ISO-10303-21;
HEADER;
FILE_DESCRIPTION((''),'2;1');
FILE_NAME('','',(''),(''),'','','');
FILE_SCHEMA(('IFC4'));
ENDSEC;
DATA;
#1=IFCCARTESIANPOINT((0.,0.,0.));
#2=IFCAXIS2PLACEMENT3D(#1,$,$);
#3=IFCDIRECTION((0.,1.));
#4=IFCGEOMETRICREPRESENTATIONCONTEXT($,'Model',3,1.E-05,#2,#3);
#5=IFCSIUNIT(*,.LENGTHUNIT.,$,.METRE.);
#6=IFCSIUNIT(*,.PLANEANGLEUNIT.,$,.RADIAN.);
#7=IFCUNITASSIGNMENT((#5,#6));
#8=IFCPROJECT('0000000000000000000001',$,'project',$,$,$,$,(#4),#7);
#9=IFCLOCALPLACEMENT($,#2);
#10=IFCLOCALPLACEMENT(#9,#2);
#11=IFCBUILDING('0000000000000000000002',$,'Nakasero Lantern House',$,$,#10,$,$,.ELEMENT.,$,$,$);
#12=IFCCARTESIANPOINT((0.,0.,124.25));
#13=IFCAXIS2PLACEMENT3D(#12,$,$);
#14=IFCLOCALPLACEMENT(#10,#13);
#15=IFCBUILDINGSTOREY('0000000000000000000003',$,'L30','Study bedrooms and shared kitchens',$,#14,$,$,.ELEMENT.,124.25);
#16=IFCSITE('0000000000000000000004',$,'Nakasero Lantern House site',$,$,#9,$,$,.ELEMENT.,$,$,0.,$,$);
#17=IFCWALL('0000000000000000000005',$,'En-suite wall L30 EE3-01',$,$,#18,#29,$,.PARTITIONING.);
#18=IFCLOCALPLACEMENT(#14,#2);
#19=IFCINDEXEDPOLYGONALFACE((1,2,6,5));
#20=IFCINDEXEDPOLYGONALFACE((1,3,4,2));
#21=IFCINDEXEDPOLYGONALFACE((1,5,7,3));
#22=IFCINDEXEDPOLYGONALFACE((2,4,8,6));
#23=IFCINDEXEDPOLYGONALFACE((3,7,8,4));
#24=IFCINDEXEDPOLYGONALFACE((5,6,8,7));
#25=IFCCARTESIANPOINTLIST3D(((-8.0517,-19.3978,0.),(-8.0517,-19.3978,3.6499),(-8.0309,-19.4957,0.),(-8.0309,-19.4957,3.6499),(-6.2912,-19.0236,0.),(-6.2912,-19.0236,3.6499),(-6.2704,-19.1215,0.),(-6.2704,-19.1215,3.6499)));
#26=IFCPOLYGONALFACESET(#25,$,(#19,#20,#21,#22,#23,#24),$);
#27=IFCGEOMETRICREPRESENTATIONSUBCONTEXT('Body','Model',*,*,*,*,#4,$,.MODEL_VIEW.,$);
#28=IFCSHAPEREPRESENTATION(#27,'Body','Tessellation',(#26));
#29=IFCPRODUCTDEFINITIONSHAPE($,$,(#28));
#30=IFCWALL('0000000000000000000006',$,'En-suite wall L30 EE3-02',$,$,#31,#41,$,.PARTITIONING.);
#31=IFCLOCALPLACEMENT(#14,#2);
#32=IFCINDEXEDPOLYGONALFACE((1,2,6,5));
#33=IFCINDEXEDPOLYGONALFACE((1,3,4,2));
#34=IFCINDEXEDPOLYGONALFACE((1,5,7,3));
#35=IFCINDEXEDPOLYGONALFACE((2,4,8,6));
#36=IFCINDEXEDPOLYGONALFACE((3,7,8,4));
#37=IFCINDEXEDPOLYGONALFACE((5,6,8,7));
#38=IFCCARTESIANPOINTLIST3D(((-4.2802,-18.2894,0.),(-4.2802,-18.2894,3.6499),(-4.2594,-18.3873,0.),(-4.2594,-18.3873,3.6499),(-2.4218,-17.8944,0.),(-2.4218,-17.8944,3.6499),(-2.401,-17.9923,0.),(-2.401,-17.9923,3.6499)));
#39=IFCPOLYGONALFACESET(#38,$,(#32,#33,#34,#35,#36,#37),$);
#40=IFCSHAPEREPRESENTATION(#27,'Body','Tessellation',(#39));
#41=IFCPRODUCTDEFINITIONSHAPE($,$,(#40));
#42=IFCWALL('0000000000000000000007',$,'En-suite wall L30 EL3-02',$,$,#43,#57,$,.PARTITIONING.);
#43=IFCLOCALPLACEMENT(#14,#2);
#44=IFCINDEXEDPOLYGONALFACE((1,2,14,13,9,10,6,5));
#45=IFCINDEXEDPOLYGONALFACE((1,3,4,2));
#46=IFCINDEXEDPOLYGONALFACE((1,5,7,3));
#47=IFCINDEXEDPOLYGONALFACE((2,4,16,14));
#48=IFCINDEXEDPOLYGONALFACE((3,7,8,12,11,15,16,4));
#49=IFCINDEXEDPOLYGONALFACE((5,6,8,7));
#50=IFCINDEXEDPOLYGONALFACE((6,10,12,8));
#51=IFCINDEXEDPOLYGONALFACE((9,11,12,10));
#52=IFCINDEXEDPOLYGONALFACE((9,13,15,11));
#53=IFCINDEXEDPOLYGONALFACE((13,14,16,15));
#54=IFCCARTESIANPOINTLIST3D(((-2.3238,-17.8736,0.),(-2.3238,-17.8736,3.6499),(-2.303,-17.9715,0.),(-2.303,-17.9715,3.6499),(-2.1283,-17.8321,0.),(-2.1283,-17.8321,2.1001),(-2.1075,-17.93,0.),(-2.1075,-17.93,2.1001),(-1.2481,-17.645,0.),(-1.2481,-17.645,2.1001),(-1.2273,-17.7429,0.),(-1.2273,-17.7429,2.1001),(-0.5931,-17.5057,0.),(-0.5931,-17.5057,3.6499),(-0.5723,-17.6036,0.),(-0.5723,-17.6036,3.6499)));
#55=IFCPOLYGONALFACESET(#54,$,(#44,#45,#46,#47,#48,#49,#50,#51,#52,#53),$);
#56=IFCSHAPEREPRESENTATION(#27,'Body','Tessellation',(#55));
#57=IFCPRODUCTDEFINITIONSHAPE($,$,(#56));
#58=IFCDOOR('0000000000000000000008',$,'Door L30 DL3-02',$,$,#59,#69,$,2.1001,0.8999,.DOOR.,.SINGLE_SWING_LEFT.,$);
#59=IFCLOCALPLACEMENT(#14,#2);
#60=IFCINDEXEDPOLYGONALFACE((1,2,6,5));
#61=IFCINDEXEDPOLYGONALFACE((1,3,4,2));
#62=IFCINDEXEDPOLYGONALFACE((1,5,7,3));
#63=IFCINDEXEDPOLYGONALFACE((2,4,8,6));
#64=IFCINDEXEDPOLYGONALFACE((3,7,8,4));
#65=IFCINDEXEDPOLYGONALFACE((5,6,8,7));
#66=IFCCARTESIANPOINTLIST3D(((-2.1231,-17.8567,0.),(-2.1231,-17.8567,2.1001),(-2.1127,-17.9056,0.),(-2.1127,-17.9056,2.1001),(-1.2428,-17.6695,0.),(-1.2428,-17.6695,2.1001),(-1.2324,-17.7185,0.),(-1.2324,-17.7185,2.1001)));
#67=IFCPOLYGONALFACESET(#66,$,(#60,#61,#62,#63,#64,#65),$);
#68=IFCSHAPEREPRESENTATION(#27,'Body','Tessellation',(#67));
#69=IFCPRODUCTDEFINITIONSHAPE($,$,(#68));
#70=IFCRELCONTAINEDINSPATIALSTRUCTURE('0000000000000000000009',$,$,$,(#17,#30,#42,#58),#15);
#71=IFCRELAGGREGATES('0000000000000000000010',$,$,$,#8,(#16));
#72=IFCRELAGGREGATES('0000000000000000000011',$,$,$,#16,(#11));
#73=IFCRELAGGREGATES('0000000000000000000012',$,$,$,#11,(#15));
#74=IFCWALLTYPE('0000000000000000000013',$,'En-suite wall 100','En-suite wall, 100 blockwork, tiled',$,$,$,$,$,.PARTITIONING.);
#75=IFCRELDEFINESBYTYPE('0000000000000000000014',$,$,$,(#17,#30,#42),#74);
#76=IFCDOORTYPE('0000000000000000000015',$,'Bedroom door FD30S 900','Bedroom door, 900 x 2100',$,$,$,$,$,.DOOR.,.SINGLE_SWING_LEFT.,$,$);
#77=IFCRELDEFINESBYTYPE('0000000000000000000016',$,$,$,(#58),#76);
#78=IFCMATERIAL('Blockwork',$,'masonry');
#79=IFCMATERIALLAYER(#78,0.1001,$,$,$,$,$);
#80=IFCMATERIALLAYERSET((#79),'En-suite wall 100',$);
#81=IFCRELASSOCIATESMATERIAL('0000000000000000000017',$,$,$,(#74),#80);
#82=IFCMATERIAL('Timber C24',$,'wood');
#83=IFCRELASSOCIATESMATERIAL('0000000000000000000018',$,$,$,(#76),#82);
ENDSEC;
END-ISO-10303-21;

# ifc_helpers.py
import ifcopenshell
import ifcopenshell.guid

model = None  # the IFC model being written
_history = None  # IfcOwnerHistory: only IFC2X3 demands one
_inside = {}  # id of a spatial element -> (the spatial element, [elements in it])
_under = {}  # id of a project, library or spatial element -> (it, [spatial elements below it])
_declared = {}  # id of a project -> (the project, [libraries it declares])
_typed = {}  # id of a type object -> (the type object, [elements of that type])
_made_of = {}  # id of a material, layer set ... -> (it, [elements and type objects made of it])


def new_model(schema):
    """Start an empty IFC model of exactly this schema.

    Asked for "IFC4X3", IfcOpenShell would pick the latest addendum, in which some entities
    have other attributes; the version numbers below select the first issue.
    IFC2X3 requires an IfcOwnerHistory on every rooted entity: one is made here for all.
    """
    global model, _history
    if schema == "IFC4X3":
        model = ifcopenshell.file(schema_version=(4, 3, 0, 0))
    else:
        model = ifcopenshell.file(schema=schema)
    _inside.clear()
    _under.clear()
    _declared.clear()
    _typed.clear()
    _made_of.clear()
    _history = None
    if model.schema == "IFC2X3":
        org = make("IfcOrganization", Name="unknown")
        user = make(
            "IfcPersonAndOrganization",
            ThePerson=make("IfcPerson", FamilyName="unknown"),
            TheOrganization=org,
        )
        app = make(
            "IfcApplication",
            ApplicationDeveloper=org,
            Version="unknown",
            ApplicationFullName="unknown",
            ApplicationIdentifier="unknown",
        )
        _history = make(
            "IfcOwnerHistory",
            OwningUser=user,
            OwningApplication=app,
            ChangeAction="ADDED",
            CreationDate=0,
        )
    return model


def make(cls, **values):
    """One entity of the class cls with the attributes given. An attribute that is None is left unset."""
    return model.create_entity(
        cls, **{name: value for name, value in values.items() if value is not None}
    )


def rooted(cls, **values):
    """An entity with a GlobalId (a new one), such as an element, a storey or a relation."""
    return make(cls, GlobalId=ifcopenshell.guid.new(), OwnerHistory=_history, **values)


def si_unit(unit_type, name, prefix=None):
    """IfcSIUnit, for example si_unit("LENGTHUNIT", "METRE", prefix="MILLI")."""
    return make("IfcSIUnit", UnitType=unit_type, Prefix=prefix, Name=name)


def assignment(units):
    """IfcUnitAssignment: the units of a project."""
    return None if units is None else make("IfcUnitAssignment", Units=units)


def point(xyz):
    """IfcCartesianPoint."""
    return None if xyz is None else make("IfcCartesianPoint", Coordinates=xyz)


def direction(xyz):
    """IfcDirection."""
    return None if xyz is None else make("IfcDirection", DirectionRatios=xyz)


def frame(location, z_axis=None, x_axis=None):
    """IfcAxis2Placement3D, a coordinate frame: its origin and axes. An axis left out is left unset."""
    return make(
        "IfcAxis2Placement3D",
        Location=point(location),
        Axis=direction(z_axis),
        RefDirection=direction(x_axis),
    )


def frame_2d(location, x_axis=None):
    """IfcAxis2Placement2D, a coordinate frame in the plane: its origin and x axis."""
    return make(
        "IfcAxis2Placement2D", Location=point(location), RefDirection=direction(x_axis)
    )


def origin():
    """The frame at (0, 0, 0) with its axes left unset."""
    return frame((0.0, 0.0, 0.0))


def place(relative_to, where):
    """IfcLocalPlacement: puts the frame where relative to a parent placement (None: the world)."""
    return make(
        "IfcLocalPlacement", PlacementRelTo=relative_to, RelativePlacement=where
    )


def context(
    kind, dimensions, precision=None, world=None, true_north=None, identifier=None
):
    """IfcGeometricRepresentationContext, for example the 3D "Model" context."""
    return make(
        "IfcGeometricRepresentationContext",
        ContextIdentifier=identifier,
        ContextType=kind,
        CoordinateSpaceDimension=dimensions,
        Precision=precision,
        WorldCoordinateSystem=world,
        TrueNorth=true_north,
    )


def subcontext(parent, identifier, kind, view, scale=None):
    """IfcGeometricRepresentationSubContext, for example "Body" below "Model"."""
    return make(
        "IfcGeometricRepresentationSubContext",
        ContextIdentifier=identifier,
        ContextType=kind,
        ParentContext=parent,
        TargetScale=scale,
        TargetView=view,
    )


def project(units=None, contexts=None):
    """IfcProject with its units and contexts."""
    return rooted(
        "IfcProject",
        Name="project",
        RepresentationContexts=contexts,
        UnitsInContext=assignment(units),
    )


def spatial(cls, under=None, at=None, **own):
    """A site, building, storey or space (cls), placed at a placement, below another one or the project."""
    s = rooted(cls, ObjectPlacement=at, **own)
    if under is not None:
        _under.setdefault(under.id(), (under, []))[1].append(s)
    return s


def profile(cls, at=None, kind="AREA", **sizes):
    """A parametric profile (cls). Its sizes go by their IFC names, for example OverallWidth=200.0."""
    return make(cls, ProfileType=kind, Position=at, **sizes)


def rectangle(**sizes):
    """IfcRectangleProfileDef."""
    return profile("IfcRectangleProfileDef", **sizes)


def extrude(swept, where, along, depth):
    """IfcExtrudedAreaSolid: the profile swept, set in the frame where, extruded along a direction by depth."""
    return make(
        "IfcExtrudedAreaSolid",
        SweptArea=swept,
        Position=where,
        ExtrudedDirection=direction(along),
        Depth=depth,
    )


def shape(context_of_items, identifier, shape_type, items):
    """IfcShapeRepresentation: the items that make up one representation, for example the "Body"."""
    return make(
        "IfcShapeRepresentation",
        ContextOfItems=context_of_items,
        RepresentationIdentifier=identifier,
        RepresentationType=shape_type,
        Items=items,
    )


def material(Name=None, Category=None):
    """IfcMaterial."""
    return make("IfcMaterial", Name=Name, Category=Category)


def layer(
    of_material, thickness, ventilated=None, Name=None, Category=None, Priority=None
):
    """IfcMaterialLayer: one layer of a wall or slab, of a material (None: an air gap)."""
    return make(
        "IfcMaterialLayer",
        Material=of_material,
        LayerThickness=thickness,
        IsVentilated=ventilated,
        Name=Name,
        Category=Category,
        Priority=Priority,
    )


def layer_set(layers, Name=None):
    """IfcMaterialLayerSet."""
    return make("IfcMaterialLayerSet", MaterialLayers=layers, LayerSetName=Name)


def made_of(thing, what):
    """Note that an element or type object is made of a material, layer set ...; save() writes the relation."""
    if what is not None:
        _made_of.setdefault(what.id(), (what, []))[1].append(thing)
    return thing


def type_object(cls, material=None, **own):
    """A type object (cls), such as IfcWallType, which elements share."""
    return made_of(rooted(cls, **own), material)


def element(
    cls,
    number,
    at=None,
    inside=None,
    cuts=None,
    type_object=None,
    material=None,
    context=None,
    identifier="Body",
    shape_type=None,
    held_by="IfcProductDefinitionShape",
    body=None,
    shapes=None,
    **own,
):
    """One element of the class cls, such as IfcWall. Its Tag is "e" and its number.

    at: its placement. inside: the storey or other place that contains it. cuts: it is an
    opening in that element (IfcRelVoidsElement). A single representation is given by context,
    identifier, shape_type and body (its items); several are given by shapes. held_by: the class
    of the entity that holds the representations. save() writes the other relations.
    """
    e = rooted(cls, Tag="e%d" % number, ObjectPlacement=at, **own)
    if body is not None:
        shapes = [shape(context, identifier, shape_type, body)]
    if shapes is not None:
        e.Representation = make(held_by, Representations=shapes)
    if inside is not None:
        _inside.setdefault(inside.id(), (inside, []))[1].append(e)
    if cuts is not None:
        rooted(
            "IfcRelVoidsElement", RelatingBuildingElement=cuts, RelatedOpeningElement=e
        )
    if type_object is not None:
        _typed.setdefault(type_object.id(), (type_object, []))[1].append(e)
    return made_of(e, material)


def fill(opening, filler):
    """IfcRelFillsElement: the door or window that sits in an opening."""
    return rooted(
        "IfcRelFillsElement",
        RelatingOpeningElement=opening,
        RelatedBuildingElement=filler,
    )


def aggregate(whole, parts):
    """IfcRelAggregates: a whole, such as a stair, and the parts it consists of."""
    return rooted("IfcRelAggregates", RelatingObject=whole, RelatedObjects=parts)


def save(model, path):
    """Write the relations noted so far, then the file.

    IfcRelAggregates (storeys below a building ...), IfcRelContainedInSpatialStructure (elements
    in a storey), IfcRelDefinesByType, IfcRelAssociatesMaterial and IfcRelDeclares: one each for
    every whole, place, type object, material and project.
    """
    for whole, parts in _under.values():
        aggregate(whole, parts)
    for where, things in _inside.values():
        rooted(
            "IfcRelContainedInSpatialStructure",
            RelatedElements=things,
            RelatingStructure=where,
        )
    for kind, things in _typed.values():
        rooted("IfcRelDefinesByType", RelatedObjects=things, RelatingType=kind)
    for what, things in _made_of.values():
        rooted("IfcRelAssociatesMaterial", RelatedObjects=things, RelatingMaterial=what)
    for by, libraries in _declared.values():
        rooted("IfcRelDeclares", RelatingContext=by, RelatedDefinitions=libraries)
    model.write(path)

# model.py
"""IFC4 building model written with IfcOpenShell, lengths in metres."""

from ifc_helpers import new_model, si_unit, direction, frame, frame_2d, origin, place, context, subcontext, project, spatial, rectangle, extrude, material, layer, layer_set, type_object, element, fill, save


model = new_model("IFC4")

# Units and contexts
model_context = context("Model", 3, precision=1e-05, world=origin(), true_north=direction((0.0, 1.0)))
body_context = subcontext(model_context, "Body", "Model", "MODEL_VIEW")
ifc_project = project(units=[si_unit("LENGTHUNIT", "METRE"), si_unit("PLANEANGLEUNIT", "RADIAN")], contexts=[model_context])

# Site, building, storey
site_placement = place(None, origin())
site = spatial("IfcSite", under=ifc_project, at=site_placement, Name="Nakasero Lantern House site", CompositionType="ELEMENT", RefElevation=0.0)
building_placement = place(site_placement, origin())
building = spatial("IfcBuilding", under=site, at=building_placement, Name="Nakasero Lantern House", CompositionType="ELEMENT")
storey_placement = place(building_placement, frame((0.0, 0.0, 124.25)))
storey = spatial("IfcBuildingStorey", under=building, at=storey_placement, Name="L30", Description="Study bedrooms and shared kitchens", CompositionType="ELEMENT", Elevation=124.25)

# Shared definitions
ifc_material_1 = material(Name="Blockwork", Category="masonry")
ifc_layer_1 = layer(ifc_material_1, 0.1001)
ifc_layer_set_1 = layer_set([ifc_layer_1], Name="En-suite wall 100")
wall_type_1 = type_object("IfcWallType", Name="En-suite wall 100", Description="En-suite wall, 100 blockwork, tiled", PredefinedType="PARTITIONING", material=ifc_layer_set_1)

# Walls
wall_1_placement = place(storey_placement, frame((-8.0413, -19.4468, 0.0), z_axis=(0.0, 0.0, 1.0), x_axis=(0.978141, 0.207945, 0.0)))
element("IfcWall", 1, at=wall_1_placement, inside=storey, type_object=wall_type_1, Name="En-suite wall L30 EE3-01", PredefinedType="PARTITIONING", context=body_context, shape_type="SweptSolid", body=[
    extrude(rectangle(XDim=1.7998, YDim=0.1001, at=frame_2d((0.8999, 0.0))), origin(), (0.0, 0.0, 1.0), 3.6499),
])
wall_2_placement = place(storey_placement, frame((-4.2698, -18.3384, 0.0), z_axis=(0.0, 0.0, 1.0), x_axis=(0.978147, 0.207914, 0.0)))
element("IfcWall", 2, at=wall_2_placement, inside=storey, type_object=wall_type_1, Name="En-suite wall L30 EE3-02", PredefinedType="PARTITIONING", context=body_context, shape_type="SweptSolid", body=[
    extrude(rectangle(XDim=1.8999, YDim=0.1001, at=frame_2d((0.95, 0.0))), origin(), (0.0, 0.0, 1.0), 3.6499),
])

# Wall, opening, door
wall_3_placement = place(storey_placement, frame((-2.3135, -17.9226, 0.0), z_axis=(0.0, 0.0, 1.0), x_axis=(0.978142, 0.207936, 0.0)))
wall_3 = element("IfcWall", 3, at=wall_3_placement, inside=storey, type_object=wall_type_1, Name="En-suite wall L30 EL3-02", PredefinedType="PARTITIONING", context=body_context, shape_type="SweptSolid", body=[
    extrude(rectangle(XDim=1.7693, YDim=0.1001, at=frame_2d((0.8848, 0.0))), origin(), (0.0, 0.0, 1.0), 3.6499),
])
opening_1_placement = place(wall_3_placement, frame((0.2, 0.0, 0.0)))
opening_1 = element("IfcOpeningElement", 4, at=opening_1_placement, cuts=wall_3, PredefinedType="OPENING", context=body_context, shape_type="SweptSolid", body=[
    extrude(rectangle(XDim=0.8999, YDim=2.1001, at=frame_2d((0.45, 1.05))), frame((0.0, 0.0701, 0.0), z_axis=(0.0, -1.0, 0.0), x_axis=(1.0, 0.0, 0.0)), (0.0, 0.0, 1.0), 0.1401),
])
ifc_material_2 = material(Name="Timber C24", Category="wood")
door_type_1 = type_object("IfcDoorType", Name="Bedroom door FD30S 900", Description="Bedroom door, 900 x 2100", OperationType="SINGLE_SWING_LEFT", PredefinedType="DOOR", material=ifc_material_2)
door_1_placement = place(opening_1_placement, origin())
door_1 = element("IfcDoor", 5, at=door_1_placement, inside=storey, type_object=door_type_1, Name="Door L30 DL3-02", OperationType="SINGLE_SWING_LEFT", OverallHeight=2.1001, OverallWidth=0.8999, PredefinedType="DOOR", context=body_context, shape_type="SweptSolid", body=[
    extrude(rectangle(XDim=0.8999, YDim=2.1001, at=frame_2d((0.45, 1.05))), frame((0.0, 0.0249, 0.0), z_axis=(0.0, -1.0, 0.0), x_axis=(1.0, 0.0, 0.0)), (0.0, 0.0, 1.0), 0.05),
])
fill(opening_1, door_1)

save(model, "model.ifc")
